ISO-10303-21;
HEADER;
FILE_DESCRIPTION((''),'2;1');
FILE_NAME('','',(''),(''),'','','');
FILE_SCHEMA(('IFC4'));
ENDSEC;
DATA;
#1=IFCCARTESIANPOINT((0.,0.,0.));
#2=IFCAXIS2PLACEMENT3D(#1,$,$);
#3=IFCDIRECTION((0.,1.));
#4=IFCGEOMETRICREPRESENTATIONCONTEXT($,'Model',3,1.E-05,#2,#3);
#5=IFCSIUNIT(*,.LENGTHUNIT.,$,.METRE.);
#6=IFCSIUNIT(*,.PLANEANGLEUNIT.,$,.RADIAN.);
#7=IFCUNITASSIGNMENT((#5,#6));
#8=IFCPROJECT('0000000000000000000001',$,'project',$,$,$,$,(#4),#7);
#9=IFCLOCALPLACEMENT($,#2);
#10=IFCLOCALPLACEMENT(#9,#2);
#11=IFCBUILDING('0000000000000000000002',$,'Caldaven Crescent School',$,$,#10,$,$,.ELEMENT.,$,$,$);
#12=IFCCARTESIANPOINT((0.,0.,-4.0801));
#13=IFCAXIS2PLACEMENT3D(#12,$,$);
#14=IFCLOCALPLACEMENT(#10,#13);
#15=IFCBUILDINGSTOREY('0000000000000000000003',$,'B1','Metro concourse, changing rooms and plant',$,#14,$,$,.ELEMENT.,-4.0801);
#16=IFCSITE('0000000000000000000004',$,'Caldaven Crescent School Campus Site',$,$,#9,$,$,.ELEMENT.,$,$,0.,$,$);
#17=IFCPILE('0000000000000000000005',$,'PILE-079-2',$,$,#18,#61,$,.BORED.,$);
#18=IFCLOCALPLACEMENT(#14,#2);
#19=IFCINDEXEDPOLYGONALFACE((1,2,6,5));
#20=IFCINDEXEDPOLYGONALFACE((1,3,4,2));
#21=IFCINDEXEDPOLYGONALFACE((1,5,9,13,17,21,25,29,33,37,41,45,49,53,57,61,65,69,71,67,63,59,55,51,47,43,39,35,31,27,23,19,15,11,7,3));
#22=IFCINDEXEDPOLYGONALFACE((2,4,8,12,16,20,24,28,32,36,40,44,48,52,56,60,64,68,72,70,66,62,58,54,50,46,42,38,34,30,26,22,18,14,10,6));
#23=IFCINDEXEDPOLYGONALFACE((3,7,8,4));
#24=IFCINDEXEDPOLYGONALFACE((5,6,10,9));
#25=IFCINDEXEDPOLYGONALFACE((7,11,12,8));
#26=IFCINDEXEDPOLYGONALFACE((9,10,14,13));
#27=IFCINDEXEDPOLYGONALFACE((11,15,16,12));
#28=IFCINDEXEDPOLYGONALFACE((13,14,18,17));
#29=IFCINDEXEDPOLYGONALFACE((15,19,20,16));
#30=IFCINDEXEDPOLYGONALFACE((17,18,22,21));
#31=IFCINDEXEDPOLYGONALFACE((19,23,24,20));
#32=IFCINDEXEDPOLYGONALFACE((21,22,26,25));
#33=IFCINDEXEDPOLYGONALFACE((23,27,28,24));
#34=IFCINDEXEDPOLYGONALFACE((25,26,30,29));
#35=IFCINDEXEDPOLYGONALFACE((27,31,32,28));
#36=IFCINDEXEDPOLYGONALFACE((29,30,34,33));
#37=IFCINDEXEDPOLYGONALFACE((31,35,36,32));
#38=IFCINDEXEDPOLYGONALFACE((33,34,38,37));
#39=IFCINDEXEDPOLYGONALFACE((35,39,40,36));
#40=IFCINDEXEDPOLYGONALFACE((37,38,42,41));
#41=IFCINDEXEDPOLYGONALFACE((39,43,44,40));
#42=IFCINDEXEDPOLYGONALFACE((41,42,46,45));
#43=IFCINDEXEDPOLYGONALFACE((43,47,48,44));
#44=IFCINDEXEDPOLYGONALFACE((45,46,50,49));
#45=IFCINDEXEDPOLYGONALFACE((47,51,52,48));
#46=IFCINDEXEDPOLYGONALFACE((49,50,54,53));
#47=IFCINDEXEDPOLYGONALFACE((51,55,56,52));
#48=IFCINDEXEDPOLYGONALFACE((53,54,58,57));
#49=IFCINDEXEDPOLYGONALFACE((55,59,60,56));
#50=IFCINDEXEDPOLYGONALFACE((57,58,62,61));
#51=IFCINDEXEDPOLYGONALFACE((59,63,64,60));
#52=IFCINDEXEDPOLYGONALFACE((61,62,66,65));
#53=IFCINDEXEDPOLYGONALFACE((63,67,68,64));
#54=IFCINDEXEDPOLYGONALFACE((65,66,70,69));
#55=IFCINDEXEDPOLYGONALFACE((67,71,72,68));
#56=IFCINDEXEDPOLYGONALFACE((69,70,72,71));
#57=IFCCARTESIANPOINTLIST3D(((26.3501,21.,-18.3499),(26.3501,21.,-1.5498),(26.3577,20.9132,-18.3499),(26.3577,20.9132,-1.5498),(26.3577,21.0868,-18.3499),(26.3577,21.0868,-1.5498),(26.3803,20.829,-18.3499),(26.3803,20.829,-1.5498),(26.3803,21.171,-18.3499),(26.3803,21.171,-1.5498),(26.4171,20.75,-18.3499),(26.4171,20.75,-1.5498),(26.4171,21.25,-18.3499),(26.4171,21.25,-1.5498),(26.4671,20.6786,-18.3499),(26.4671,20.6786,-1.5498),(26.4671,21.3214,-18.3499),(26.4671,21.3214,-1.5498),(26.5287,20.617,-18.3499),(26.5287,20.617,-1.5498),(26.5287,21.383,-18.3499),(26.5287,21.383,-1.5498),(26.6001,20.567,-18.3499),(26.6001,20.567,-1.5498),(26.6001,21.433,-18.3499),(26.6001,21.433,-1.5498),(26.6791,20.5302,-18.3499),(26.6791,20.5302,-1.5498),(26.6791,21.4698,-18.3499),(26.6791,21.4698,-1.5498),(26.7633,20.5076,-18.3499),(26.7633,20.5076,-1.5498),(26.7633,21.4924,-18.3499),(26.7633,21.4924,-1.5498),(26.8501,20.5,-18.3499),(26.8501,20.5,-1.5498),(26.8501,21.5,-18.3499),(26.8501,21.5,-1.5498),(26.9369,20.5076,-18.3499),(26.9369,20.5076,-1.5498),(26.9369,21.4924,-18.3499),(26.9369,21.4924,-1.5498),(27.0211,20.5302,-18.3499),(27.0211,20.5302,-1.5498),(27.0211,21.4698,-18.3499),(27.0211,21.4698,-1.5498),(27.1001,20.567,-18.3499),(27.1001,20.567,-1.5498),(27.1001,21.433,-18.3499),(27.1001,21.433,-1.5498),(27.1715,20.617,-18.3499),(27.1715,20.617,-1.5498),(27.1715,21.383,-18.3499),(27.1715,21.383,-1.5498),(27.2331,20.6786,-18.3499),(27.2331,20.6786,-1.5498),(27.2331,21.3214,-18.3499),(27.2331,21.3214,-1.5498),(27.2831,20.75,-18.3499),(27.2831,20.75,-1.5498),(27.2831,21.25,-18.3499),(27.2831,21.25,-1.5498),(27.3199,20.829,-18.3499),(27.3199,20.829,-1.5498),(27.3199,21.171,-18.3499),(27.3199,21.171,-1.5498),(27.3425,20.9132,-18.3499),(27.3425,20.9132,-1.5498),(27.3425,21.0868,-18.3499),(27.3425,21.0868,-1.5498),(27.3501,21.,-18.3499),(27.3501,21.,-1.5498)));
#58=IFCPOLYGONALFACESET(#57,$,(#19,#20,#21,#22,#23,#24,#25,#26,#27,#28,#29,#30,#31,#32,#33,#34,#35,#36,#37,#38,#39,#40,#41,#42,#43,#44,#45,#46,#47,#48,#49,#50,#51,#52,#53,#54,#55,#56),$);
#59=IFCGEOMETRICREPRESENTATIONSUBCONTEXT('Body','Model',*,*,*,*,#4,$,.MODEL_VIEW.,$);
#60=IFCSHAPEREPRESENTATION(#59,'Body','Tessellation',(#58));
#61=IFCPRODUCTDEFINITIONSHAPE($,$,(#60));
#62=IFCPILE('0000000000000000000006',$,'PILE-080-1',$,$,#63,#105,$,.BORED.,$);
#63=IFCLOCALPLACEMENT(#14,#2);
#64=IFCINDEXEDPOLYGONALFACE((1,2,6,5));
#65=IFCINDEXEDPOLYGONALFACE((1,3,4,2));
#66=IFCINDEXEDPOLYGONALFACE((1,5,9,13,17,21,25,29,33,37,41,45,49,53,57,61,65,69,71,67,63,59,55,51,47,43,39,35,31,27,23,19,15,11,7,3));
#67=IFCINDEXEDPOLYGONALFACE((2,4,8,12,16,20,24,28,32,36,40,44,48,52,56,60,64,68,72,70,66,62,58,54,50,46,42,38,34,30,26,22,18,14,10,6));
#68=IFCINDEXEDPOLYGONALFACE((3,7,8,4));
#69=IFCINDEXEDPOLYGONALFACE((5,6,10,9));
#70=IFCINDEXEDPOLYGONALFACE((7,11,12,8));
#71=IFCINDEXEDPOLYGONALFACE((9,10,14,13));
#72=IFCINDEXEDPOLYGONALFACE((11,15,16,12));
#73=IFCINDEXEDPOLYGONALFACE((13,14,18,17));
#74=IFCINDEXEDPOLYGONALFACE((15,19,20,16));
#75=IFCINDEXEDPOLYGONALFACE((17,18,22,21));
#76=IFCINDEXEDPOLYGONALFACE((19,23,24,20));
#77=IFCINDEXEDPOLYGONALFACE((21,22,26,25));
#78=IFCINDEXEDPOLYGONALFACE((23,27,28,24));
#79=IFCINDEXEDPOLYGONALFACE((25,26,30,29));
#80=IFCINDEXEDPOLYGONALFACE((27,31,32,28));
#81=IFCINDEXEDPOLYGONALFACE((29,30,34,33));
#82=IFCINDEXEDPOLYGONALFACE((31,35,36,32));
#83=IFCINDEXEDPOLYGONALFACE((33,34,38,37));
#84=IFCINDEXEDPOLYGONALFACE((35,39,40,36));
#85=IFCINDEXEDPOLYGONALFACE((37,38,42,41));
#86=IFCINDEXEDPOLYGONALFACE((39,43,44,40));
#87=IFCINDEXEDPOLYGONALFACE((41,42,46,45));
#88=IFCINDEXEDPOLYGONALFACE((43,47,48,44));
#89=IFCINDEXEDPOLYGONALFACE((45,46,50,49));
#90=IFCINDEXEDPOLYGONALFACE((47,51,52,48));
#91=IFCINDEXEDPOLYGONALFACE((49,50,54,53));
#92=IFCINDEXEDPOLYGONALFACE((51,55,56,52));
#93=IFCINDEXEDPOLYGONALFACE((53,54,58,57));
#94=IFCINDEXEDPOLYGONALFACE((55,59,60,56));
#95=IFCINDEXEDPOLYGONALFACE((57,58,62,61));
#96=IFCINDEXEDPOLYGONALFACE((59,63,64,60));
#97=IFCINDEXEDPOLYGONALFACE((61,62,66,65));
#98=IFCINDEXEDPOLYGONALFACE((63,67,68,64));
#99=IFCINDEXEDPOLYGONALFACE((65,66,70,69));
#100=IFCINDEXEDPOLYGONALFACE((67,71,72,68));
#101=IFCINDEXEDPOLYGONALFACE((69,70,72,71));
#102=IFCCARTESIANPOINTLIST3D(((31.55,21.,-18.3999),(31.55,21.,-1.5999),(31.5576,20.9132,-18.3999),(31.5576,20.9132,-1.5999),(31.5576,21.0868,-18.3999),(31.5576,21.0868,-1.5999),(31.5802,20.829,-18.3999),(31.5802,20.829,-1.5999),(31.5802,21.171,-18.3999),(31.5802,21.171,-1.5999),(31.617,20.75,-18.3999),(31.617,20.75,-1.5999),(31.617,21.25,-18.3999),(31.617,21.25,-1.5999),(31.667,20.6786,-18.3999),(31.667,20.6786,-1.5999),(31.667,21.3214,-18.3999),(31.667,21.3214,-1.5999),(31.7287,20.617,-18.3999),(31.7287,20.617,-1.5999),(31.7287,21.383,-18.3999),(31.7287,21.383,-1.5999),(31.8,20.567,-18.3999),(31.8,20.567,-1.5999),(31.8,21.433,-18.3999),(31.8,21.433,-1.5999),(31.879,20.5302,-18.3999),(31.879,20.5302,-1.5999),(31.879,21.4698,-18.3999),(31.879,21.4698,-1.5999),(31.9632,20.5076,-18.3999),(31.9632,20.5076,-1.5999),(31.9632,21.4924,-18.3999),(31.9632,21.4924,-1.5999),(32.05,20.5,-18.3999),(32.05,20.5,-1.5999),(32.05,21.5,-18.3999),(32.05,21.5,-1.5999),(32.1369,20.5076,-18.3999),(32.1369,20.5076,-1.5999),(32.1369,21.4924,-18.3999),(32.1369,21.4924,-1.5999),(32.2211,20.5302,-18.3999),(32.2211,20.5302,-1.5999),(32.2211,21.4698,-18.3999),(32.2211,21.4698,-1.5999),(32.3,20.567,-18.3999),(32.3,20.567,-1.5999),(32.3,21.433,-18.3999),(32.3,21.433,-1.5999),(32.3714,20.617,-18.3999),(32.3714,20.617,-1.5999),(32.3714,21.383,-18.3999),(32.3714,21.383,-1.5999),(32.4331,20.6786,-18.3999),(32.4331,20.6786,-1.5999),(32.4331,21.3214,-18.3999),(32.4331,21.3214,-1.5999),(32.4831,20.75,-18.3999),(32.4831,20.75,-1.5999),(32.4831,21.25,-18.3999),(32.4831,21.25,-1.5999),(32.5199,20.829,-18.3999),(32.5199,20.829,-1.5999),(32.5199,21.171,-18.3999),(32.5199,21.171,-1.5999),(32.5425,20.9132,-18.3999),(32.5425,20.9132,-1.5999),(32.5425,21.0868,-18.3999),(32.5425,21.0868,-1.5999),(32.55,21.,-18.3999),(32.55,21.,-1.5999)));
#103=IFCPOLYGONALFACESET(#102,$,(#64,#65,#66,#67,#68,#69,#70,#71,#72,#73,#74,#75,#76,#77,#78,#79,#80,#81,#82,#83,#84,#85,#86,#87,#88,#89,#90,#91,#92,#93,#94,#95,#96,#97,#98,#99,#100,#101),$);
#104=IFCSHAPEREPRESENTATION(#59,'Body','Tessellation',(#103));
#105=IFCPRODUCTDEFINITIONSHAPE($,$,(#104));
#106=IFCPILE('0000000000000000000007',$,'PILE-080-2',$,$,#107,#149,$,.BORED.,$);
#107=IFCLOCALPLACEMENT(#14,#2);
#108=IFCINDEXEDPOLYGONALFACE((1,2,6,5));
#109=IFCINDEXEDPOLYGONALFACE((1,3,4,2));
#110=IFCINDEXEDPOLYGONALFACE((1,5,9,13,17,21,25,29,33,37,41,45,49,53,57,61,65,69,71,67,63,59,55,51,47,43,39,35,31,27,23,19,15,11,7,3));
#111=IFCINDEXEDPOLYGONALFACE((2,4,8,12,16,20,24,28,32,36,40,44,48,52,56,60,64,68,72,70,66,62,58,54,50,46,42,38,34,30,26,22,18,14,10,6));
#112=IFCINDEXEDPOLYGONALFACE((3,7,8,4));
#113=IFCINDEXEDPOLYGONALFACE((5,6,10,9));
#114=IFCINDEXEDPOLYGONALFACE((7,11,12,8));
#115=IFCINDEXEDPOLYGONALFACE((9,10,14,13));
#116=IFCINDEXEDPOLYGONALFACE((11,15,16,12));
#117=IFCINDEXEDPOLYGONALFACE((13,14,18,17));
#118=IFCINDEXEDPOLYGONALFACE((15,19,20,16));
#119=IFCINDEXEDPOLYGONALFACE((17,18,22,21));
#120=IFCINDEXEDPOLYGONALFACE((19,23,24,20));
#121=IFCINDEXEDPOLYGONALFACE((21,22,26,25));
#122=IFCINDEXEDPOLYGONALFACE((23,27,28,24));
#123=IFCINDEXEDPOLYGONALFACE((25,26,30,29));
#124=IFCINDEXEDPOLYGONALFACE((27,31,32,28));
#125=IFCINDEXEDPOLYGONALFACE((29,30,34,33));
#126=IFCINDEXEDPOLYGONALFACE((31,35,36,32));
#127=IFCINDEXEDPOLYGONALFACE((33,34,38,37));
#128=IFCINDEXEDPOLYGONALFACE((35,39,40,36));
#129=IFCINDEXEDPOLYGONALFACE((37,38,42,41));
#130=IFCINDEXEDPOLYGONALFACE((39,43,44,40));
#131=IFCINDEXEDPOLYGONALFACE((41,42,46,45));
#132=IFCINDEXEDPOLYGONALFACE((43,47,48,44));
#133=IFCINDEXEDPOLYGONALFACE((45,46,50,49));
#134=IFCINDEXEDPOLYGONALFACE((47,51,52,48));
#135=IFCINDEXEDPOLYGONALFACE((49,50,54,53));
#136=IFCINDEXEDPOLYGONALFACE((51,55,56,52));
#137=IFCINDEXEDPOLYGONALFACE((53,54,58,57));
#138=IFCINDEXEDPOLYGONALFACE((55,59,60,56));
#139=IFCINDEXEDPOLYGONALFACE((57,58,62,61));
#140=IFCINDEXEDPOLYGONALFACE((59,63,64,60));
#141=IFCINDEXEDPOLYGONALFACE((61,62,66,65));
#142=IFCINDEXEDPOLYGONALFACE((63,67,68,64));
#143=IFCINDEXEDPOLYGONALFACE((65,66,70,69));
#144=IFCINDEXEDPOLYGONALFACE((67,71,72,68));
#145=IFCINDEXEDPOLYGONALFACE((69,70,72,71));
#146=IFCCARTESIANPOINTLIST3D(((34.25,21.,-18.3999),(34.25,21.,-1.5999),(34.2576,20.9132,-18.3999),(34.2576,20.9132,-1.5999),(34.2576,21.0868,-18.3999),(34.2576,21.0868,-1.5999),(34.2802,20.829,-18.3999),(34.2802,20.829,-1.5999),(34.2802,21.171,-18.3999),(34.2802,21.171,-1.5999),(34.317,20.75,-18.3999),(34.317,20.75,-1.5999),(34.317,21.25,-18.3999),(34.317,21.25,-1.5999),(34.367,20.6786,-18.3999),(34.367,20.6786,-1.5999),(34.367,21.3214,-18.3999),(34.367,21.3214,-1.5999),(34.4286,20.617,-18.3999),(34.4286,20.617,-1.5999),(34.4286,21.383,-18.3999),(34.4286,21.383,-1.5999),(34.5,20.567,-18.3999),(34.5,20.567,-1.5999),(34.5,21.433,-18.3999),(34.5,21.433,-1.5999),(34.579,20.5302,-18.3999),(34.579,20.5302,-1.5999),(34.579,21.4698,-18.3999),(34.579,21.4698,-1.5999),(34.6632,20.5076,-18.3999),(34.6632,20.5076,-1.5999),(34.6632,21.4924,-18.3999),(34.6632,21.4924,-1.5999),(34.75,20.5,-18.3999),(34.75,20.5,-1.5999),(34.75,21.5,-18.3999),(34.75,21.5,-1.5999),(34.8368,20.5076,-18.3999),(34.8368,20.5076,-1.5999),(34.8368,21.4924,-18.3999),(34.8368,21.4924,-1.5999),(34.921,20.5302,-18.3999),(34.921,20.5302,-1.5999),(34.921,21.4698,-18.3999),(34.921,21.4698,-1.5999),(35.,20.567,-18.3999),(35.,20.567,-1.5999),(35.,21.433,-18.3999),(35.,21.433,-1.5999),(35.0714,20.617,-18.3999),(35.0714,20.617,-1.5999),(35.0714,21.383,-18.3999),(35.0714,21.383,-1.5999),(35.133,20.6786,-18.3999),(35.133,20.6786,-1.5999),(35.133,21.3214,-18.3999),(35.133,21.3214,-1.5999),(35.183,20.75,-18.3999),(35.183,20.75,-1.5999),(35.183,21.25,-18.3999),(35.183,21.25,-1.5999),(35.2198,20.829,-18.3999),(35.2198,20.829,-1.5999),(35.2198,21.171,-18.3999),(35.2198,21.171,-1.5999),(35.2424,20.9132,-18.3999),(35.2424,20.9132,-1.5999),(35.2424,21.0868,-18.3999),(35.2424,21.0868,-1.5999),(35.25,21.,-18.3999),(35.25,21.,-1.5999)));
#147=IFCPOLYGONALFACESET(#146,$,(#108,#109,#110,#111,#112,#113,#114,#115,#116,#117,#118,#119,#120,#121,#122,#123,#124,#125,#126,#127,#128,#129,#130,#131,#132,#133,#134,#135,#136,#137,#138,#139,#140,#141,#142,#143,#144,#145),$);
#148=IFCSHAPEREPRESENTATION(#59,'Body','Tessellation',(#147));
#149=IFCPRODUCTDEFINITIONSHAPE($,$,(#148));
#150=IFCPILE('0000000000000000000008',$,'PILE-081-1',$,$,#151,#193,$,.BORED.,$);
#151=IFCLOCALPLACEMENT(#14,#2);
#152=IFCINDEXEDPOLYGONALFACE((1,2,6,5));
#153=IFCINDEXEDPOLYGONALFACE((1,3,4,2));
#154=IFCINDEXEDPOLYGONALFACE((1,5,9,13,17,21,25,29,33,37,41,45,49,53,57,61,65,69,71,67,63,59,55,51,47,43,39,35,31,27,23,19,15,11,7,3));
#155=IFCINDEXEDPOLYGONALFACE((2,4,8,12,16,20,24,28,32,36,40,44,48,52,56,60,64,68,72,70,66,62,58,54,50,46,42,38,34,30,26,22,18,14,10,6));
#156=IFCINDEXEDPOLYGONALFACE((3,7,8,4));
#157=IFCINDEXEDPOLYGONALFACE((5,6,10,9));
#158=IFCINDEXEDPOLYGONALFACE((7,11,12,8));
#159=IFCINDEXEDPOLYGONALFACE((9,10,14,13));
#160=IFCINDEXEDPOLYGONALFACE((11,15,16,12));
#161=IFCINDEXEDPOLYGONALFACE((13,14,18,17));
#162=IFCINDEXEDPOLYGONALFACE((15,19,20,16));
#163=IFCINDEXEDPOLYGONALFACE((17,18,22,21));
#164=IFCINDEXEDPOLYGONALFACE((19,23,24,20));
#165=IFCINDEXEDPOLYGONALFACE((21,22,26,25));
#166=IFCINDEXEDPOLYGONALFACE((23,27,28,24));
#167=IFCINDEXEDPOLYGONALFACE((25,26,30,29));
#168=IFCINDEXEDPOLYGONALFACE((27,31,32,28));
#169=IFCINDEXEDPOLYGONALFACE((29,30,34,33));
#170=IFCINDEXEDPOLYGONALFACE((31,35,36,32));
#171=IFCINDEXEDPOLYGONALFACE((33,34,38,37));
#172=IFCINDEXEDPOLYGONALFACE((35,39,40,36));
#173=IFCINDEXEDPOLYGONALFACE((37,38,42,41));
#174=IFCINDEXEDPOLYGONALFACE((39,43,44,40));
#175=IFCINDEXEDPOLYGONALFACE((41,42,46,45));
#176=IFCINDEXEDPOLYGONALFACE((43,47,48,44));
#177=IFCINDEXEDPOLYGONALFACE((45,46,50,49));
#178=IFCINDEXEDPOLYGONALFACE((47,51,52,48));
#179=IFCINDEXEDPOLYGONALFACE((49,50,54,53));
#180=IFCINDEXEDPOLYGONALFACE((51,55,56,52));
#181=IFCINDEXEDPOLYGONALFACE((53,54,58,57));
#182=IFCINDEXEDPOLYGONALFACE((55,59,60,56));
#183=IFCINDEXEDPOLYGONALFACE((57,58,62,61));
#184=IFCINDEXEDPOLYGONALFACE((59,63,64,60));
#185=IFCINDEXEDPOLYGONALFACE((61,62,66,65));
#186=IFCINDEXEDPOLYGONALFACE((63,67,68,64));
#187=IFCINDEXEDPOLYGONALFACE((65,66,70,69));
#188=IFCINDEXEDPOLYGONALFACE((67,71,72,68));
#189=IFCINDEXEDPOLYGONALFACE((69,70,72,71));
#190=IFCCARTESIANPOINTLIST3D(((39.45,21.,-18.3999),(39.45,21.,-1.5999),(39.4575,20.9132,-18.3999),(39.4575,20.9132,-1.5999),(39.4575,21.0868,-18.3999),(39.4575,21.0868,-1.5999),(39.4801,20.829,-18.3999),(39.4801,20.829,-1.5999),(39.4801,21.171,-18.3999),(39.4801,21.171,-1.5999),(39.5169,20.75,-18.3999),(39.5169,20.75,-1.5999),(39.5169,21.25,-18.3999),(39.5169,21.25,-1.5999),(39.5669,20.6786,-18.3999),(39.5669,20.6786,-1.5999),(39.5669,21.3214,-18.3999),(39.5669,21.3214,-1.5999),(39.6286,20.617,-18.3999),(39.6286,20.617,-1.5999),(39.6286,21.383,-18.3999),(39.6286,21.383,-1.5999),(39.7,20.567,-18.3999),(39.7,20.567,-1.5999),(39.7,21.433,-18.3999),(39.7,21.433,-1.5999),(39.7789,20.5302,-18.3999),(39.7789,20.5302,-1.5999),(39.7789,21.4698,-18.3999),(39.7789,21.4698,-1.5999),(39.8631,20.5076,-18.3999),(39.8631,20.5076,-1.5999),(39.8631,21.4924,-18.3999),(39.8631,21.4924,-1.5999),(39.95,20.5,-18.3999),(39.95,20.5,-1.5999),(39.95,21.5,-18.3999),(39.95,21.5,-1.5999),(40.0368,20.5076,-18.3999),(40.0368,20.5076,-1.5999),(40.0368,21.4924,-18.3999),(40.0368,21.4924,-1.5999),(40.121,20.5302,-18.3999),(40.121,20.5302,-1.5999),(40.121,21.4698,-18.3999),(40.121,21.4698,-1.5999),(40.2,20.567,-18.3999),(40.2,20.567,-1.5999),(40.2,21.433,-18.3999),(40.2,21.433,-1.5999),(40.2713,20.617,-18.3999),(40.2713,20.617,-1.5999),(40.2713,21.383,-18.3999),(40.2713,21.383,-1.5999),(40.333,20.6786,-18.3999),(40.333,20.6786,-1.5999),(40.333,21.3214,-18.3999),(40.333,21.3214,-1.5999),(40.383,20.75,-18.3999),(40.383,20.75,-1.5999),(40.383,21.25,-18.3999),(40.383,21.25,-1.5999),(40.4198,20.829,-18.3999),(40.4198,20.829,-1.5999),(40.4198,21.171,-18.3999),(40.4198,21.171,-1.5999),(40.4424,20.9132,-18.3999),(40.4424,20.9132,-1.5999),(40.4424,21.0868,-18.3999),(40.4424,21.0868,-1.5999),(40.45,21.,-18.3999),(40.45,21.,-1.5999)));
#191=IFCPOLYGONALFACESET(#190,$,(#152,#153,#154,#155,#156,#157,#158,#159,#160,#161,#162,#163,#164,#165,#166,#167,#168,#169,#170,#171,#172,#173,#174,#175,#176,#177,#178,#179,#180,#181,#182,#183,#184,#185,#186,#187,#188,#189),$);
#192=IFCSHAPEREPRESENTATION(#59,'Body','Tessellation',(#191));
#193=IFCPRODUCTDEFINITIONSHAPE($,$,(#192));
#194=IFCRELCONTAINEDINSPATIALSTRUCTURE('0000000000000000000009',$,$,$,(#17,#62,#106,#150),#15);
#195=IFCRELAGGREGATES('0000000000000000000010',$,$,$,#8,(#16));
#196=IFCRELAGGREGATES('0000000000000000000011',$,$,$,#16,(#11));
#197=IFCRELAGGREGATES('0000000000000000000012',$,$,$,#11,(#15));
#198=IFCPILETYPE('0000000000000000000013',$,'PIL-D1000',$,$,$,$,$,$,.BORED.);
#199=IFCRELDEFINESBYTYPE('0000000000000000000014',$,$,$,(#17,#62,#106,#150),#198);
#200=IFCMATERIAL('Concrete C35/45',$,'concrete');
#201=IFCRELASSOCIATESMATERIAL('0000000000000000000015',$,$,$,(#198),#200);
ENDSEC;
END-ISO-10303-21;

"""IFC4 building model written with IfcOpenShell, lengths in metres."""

from ifc_helpers import new_model, si_unit, direction, frame, origin, origin_2d, place, context, subcontext, project, spatial, circle, extrude, material, material_profile, profile_set, type_object, element, save


model = new_model("IFC4")

# Units and contexts
model_context = context("Model", 3, precision=1e-05, world=origin(), true_north=direction((0.0, 1.0)))
body_context = subcontext(model_context, "Body", "Model", "MODEL_VIEW")
ifc_project = project(units=[si_unit("LENGTHUNIT", "METRE"), si_unit("PLANEANGLEUNIT", "RADIAN")], contexts=[model_context])

# Site, building, storey
site_placement = place(None, origin())
site = spatial("IfcSite", under=ifc_project, at=site_placement, Name="Caldaven Crescent School Campus Site", CompositionType="ELEMENT", RefElevation=0.0)
building_placement = place(site_placement, origin())
building = spatial("IfcBuilding", under=site, at=building_placement, Name="Caldaven Crescent School", CompositionType="ELEMENT")
storey_placement = place(building_placement, frame((0.0, 0.0, -4.0801)))
storey = spatial("IfcBuildingStorey", under=building, at=storey_placement, Name="B1", Description="Metro concourse, changing rooms and plant", CompositionType="ELEMENT", Elevation=-4.0801)

# Shared definitions
ifc_material_1 = material(Name="Concrete C35/45", Category="concrete")

# Piles
ifc_material_profile_1 = material_profile(ifc_material_1, circle(Radius=0.5, at=origin_2d()), Name="PILE D1000")
ifc_profile_set_1 = profile_set([ifc_material_profile_1], Name="Concrete C35/45")
pile_type = type_object("IfcPileType", Name="PIL-D1000", PredefinedType="BORED", material=ifc_profile_set_1)
for number, where, z_axis, x_axis, name in (
    (1, (26.8501, 21.0, -1.5498), (0.0, 0.0, -1.0), (1.0, 0.0, 0.0), "PILE-079-2"),
    (2, (32.05, 21.0, -1.5999), (0.0, 0.0, -1.0), (1.0, 0.0, 0.0), "PILE-080-1"),
    (3, (34.75, 21.0, -1.5999), (0.0, 0.0, -1.0), (1.0, 0.0, 0.0), "PILE-080-2"),
    (4, (39.95, 21.0, -1.5999), (0.0, 0.0, -1.0), (1.0, 0.0, 0.0), "PILE-081-1"),
):
    element("IfcPile", number, at=place(storey_placement, frame(where, z_axis=z_axis, x_axis=x_axis)), inside=storey, type_object=pile_type, Name=name, PredefinedType="BORED", context=body_context, shape_type="SweptSolid", body=[
        extrude(circle(Radius=0.5, at=origin_2d()), origin(), (0.0, 0.0, 1.0), 16.8),
    ])

save(model, "model.ifc")
